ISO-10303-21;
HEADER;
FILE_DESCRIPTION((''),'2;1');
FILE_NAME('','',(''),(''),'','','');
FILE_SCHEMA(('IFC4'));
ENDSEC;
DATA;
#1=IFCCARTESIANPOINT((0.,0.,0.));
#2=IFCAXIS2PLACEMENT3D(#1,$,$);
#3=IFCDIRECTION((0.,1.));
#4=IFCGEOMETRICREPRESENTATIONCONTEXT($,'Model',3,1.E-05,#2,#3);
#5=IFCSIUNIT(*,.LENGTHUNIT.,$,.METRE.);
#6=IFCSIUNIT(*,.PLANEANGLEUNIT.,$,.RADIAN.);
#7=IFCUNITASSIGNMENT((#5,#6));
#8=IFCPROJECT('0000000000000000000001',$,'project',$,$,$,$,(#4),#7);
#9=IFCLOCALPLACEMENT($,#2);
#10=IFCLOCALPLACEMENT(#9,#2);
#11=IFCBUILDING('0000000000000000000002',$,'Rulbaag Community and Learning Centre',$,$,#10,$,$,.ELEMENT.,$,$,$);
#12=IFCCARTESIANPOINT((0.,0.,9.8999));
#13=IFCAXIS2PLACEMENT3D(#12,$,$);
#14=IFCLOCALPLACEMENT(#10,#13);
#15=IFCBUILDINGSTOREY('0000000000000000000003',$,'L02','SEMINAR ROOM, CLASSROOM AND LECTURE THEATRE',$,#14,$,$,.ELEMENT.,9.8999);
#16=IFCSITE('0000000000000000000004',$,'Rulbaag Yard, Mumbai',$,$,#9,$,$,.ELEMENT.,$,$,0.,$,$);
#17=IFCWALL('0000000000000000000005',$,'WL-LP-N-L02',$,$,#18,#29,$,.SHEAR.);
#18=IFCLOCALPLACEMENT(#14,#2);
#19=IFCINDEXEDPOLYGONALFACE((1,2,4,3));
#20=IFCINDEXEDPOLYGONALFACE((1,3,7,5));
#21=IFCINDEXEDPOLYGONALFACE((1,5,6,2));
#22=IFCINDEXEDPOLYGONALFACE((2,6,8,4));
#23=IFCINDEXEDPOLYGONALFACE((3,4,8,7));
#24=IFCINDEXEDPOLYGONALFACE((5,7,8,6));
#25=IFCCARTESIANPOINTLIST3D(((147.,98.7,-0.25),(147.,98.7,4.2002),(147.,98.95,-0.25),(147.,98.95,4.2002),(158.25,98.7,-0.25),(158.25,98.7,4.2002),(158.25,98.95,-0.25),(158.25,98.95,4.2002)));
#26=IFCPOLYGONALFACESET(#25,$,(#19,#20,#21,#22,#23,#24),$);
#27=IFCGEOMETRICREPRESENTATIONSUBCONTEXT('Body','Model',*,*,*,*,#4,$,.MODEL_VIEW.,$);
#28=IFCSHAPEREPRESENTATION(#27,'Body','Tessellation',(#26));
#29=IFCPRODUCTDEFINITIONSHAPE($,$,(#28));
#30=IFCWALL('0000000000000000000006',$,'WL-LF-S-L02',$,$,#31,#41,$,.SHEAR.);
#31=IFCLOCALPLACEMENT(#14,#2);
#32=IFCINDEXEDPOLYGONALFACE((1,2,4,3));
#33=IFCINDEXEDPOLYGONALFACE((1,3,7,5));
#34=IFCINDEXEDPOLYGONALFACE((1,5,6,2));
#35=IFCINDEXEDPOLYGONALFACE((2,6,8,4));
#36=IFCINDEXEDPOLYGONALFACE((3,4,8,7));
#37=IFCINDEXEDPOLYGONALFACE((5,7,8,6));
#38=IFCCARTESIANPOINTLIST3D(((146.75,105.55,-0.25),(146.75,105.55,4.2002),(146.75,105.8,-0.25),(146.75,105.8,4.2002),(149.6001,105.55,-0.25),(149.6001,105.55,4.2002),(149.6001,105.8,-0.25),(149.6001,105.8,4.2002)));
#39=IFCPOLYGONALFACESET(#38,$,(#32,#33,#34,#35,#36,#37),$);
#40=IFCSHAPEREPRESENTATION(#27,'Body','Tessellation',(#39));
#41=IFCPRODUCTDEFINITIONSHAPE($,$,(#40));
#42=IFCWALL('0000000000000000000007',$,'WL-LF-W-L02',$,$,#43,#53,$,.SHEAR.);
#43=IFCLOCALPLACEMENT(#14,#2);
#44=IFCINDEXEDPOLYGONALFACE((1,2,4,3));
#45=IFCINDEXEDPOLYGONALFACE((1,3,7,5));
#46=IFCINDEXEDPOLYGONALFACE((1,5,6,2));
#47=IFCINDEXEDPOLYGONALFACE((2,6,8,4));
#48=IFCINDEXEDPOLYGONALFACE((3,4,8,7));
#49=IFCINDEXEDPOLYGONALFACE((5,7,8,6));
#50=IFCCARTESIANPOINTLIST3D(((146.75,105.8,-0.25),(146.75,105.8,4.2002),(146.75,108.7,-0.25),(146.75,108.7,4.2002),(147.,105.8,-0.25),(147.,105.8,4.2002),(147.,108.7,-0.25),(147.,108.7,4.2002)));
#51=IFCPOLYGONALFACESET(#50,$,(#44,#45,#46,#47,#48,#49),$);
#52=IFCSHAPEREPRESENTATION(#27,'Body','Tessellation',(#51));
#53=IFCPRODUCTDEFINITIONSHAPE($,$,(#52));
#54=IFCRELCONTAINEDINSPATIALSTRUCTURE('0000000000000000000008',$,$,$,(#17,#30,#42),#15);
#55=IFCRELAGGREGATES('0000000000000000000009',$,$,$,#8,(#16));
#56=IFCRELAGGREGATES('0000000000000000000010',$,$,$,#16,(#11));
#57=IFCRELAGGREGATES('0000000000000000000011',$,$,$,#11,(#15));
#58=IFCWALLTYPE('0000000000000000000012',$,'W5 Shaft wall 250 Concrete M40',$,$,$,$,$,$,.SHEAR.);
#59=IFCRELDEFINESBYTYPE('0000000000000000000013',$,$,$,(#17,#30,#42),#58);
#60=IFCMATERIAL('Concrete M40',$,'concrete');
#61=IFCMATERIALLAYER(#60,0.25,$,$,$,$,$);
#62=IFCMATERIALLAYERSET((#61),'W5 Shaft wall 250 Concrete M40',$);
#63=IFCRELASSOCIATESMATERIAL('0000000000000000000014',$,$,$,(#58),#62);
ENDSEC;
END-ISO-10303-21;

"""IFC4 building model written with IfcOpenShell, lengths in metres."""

from ifc_helpers import new_model, si_unit, direction, frame, frame_2d, origin, place, context, subcontext, project, spatial, rectangle, extrude, material, layer, layer_set, type_object, element, save


model = new_model("IFC4")

# Units and contexts
model_context = context("Model", 3, precision=1e-05, world=origin(), true_north=direction((0.0, 1.0)))
body_context = subcontext(model_context, "Body", "Model", "MODEL_VIEW")
ifc_project = project(units=[si_unit("LENGTHUNIT", "METRE"), si_unit("PLANEANGLEUNIT", "RADIAN")], contexts=[model_context])

# Site, building, storey
site_placement = place(None, origin())
site = spatial("IfcSite", under=ifc_project, at=site_placement, Name="Rulbaag Yard, Mumbai", CompositionType="ELEMENT", RefElevation=0.0)
building_placement = place(site_placement, origin())
building = spatial("IfcBuilding", under=site, at=building_placement, Name="Rulbaag Community and Learning Centre", CompositionType="ELEMENT")
storey_placement = place(building_placement, frame((0.0, 0.0, 9.8999)))
storey = spatial("IfcBuildingStorey", under=building, at=storey_placement, Name="L02", Description="SEMINAR ROOM, CLASSROOM AND LECTURE THEATRE", CompositionType="ELEMENT", Elevation=9.8999)

# Shared definitions
ifc_material_1 = material(Name="Concrete M40", Category="concrete")

# Shared definitions
ifc_layer_1 = layer(ifc_material_1, 0.25)
ifc_layer_set_1 = layer_set([ifc_layer_1], Name="W5 Shaft wall 250 Concrete M40")
wall_type_1 = type_object("IfcWallType", Name="W5 Shaft wall 250 Concrete M40", PredefinedType="SHEAR", material=ifc_layer_set_1)

# Walls
wall_1_placement = place(storey_placement, frame((147.0, 98.825, -0.25), z_axis=(0.0, 0.0, 1.0), x_axis=(1.0, 0.0, 0.0)))
element("IfcWall", 1, at=wall_1_placement, inside=storey, type_object=wall_type_1, Name="WL-LP-N-L02", PredefinedType="SHEAR", context=body_context, shape_type="SweptSolid", body=[
    extrude(rectangle(XDim=11.25, YDim=0.25, at=frame_2d((5.625, 0.0))), origin(), (0.0, 0.0, 1.0), 4.4502),
])
wall_2_placement = place(storey_placement, frame((146.75, 105.675, -0.25), z_axis=(0.0, 0.0, 1.0), x_axis=(1.0, 0.0, 0.0)))
element("IfcWall", 2, at=wall_2_placement, inside=storey, type_object=wall_type_1, Name="WL-LF-S-L02", PredefinedType="SHEAR", context=body_context, shape_type="SweptSolid", body=[
    extrude(rectangle(XDim=2.8501, YDim=0.25, at=frame_2d((1.425, 0.0))), origin(), (0.0, 0.0, 1.0), 4.4502),
])
wall_3_placement = place(storey_placement, frame((146.875, 105.8, -0.25), z_axis=(0.0, 0.0, 1.0), x_axis=(0.0, 1.0, 0.0)))
element("IfcWall", 3, at=wall_3_placement, inside=storey, type_object=wall_type_1, Name="WL-LF-W-L02", PredefinedType="SHEAR", context=body_context, shape_type="SweptSolid", body=[
    extrude(rectangle(XDim=2.8999, YDim=0.25, at=frame_2d((1.45, 0.0))), origin(), (0.0, 0.0, 1.0), 4.4502),
])

save(model, "model.ifc")
